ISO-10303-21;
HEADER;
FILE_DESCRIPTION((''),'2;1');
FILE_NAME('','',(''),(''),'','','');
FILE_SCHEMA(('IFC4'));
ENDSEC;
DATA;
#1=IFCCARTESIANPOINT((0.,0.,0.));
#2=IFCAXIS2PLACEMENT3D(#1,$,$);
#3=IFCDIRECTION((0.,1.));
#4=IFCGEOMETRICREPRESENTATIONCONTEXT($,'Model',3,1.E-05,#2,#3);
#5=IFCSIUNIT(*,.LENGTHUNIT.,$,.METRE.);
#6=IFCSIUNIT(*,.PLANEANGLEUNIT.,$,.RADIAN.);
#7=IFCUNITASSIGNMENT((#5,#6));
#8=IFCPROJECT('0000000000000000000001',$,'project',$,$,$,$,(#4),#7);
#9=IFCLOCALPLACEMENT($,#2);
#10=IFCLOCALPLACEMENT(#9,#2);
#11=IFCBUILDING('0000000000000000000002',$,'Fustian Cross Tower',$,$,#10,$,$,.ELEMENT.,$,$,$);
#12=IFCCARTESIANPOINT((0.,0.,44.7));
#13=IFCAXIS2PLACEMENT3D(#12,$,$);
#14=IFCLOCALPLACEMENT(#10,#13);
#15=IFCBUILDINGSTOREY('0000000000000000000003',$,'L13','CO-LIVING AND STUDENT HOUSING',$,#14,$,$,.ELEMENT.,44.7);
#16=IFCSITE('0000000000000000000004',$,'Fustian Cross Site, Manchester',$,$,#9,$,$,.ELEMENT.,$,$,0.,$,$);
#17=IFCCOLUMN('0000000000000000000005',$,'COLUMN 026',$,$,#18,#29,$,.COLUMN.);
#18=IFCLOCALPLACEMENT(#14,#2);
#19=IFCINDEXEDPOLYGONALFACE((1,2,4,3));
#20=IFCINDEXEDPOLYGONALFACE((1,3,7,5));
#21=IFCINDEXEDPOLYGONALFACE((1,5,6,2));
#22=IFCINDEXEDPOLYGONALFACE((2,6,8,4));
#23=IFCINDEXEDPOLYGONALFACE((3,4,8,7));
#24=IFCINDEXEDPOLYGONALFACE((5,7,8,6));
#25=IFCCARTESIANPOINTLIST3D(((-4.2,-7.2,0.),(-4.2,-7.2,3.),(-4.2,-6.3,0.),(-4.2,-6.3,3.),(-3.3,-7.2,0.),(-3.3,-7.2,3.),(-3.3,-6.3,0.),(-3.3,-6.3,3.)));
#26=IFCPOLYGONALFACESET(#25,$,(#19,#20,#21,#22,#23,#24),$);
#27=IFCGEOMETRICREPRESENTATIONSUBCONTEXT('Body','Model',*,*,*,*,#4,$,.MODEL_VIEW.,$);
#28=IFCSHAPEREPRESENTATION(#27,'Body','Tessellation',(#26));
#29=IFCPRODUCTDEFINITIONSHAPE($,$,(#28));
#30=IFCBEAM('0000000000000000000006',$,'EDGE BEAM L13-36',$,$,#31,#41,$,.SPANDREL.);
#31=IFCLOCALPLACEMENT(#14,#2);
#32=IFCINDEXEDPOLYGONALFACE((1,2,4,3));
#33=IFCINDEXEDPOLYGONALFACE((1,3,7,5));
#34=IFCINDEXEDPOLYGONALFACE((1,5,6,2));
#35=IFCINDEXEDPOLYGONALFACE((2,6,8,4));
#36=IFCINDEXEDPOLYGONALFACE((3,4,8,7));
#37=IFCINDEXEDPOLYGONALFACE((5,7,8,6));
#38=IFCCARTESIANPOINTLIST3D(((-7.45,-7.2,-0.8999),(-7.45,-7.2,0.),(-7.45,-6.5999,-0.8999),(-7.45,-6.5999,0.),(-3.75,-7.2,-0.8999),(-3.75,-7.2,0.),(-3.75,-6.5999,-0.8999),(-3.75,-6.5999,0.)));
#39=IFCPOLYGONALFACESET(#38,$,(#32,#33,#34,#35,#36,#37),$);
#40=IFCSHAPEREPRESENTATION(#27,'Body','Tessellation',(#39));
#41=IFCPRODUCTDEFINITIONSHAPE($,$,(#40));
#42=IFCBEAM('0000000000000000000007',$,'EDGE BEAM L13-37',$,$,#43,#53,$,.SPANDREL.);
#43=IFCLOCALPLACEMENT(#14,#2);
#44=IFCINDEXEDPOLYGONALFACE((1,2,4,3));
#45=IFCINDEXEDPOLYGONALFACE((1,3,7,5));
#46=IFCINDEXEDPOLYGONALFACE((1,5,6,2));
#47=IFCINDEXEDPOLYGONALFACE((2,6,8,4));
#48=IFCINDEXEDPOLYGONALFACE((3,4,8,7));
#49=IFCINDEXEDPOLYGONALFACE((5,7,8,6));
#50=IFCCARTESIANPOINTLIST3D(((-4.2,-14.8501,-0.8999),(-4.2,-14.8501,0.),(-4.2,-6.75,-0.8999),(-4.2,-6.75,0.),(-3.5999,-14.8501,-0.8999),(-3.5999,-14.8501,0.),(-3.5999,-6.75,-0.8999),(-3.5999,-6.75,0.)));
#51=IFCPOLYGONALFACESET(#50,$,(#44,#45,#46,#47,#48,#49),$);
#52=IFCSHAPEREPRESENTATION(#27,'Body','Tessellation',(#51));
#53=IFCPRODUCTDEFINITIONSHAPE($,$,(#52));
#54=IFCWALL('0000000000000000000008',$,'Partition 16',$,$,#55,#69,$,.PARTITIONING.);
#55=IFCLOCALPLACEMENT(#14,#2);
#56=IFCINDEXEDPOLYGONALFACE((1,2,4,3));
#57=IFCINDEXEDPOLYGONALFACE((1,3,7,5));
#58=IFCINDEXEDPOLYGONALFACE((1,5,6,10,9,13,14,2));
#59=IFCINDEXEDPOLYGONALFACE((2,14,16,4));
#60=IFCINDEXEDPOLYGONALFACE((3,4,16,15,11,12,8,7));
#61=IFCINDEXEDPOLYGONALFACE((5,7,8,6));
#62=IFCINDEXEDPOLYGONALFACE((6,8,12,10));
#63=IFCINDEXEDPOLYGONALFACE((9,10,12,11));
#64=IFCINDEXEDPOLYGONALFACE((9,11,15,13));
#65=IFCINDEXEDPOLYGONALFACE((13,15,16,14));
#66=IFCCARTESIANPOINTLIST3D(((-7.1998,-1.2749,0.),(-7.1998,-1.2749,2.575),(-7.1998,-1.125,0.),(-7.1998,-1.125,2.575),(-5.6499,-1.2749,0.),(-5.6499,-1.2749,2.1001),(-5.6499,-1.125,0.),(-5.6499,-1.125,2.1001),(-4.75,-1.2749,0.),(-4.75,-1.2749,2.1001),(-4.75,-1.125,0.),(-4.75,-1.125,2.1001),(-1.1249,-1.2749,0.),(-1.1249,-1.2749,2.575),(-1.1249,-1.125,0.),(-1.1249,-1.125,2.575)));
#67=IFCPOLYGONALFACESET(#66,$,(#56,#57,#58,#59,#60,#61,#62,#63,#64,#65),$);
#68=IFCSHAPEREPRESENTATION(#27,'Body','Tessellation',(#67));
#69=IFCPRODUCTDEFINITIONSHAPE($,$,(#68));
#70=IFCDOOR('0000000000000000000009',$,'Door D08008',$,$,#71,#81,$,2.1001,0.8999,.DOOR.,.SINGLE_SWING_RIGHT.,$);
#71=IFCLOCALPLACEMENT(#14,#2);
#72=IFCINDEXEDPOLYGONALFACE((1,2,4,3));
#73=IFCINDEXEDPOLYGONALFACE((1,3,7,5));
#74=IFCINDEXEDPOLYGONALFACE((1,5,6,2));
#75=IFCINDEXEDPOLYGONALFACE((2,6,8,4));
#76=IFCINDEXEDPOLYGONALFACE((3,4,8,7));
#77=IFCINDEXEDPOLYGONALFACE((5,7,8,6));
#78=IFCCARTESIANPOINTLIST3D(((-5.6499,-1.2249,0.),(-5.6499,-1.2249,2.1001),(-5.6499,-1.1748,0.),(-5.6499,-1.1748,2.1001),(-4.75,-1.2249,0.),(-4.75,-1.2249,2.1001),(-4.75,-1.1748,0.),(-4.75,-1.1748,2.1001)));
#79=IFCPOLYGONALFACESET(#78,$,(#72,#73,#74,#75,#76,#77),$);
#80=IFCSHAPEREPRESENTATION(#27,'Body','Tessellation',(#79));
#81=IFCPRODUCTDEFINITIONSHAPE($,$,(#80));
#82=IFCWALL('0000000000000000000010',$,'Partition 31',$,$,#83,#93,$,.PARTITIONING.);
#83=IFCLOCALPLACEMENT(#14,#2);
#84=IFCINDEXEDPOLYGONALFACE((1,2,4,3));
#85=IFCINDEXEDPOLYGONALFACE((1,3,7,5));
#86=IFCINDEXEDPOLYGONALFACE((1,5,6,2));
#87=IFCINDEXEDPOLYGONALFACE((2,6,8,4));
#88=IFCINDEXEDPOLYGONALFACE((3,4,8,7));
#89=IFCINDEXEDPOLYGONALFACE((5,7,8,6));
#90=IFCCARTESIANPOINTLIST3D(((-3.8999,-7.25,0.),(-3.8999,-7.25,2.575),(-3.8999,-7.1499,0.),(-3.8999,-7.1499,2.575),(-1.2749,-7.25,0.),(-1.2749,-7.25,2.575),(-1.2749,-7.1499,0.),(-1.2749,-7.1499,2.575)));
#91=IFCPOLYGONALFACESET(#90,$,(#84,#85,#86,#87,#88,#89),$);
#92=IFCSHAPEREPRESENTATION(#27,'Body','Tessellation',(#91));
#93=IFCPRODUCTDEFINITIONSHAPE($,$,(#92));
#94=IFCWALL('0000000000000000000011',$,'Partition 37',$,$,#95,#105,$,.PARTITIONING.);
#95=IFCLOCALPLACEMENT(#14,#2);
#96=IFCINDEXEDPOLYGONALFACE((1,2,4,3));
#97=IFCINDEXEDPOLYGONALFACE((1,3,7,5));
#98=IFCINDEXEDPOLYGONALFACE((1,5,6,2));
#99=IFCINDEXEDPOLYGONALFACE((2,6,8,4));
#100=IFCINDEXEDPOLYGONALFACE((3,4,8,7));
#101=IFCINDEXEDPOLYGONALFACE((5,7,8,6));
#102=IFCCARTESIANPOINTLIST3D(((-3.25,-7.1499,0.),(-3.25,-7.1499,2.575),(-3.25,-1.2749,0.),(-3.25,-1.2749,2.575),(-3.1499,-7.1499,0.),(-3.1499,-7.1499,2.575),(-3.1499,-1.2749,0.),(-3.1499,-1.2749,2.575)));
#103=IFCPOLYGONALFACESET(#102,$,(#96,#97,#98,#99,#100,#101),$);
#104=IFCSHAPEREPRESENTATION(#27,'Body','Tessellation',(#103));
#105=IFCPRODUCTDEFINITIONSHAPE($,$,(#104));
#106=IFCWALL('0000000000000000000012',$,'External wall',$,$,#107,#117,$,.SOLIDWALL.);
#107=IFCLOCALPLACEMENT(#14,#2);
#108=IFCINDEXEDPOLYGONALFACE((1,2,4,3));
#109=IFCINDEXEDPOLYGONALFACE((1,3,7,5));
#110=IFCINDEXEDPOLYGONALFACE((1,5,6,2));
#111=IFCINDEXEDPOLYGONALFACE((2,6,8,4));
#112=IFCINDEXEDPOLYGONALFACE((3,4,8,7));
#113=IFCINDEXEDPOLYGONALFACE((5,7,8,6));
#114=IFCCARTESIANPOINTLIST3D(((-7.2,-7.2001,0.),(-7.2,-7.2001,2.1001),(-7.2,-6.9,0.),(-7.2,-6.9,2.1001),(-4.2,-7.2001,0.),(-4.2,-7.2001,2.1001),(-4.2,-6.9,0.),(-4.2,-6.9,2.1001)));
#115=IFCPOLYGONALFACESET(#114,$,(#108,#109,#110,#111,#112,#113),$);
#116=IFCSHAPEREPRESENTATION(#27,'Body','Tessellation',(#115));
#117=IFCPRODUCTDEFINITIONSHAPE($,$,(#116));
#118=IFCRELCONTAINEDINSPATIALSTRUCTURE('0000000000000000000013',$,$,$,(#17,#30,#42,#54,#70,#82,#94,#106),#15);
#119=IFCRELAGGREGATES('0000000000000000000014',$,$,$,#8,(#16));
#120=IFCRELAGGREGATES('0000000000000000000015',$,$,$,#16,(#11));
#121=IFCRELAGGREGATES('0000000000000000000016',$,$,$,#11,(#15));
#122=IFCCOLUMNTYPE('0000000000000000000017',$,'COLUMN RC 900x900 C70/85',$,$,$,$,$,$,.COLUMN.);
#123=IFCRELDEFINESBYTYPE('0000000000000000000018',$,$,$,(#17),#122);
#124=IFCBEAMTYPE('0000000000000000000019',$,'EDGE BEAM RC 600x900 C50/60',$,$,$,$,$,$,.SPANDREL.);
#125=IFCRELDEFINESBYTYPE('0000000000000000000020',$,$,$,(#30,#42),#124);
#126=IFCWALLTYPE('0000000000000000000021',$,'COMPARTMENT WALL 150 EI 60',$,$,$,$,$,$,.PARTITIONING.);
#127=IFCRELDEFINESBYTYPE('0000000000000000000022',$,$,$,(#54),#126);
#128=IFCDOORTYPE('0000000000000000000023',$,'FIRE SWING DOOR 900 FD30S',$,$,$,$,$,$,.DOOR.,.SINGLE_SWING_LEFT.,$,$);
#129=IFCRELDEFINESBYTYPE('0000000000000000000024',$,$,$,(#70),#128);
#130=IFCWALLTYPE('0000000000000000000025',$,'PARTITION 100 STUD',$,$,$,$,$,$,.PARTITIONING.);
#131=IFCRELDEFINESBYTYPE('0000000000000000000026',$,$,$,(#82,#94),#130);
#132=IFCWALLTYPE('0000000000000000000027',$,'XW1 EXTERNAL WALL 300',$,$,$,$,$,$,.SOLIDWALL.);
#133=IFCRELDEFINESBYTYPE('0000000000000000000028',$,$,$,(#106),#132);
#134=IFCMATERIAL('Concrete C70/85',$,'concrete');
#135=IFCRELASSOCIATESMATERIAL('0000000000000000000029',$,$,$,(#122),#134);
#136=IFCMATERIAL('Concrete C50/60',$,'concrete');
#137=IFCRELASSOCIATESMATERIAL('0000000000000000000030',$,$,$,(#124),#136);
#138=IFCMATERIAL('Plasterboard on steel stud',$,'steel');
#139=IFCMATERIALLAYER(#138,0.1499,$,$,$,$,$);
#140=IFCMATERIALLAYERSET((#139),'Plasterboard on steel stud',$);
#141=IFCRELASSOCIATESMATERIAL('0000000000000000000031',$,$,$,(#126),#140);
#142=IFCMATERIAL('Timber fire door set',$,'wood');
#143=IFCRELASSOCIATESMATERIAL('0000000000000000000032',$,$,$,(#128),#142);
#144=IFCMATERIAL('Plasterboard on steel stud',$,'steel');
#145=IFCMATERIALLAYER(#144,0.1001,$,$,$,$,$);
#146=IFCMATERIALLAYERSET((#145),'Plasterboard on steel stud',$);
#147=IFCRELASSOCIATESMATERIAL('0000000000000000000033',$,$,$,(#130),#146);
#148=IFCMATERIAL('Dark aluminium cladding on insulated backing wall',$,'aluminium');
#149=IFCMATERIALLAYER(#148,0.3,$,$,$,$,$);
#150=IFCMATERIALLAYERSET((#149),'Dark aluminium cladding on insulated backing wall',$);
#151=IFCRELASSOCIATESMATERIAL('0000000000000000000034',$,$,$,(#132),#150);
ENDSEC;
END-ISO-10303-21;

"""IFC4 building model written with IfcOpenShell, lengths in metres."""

from ifc_helpers import new_model, si_unit, direction, frame, frame_2d, origin, origin_2d, place, context, subcontext, project, spatial, rectangle, extrude, material, layer, layer_set, material_profile, profile_set, type_object, element, fill, save


model = new_model("IFC4")

# Units and contexts
model_context = context("Model", 3, precision=1e-05, world=origin(), true_north=direction((0.0, 1.0)))
body_context = subcontext(model_context, "Body", "Model", "MODEL_VIEW")
ifc_project = project(units=[si_unit("LENGTHUNIT", "METRE"), si_unit("PLANEANGLEUNIT", "RADIAN")], contexts=[model_context])

# Site, building, storey
site_placement = place(None, origin())
site = spatial("IfcSite", under=ifc_project, at=site_placement, Name="Fustian Cross Site, Manchester", CompositionType="ELEMENT", RefElevation=0.0)
building_placement = place(site_placement, origin())
building = spatial("IfcBuilding", under=site, at=building_placement, Name="Fustian Cross Tower", CompositionType="ELEMENT")
storey_placement = place(building_placement, frame((0.0, 0.0, 44.7)))
storey = spatial("IfcBuildingStorey", under=building, at=storey_placement, Name="L13", Description="CO-LIVING AND STUDENT HOUSING", CompositionType="ELEMENT", Elevation=44.7)

# Column
ifc_material_1 = material(Name="Concrete C70/85", Category="concrete")
ifc_material_profile_1 = material_profile(ifc_material_1, rectangle(XDim=0.8999, YDim=0.8999, at=origin_2d()), Name="RC 900x900")
ifc_profile_set_1 = profile_set([ifc_material_profile_1], Name="Concrete C70/85")
column_type = type_object("IfcColumnType", Name="COLUMN RC 900x900 C70/85", PredefinedType="COLUMN", material=ifc_profile_set_1)
column_placement = place(storey_placement, frame((-3.75, -6.75, 0.0), z_axis=(0.0, 0.0, 1.0), x_axis=(1.0, 0.0, 0.0)))
element("IfcColumn", 1, at=column_placement, inside=storey, type_object=column_type, Name="COLUMN 026", PredefinedType="COLUMN", context=body_context, shape_type="SweptSolid", body=[
    extrude(rectangle(XDim=0.8999, YDim=0.8999, at=origin_2d()), origin(), (0.0, 0.0, 1.0), 3.0),
])

# Beams
ifc_material_2 = material(Name="Concrete C50/60", Category="concrete")
ifc_material_profile_2 = material_profile(ifc_material_2, rectangle(XDim=0.6001, YDim=0.8999, at=origin_2d()), Name="RC 600x900")
ifc_profile_set_2 = profile_set([ifc_material_profile_2], Name="Concrete C50/60")
beam_type = type_object("IfcBeamType", Name="EDGE BEAM RC 600x900 C50/60", PredefinedType="SPANDREL", material=ifc_profile_set_2)
beam_1_placement = place(storey_placement, frame((-7.45, -6.8999, -0.45), z_axis=(1.0, 0.0, 0.0), x_axis=(0.0, 1.0, 0.0)))
element("IfcBeam", 2, at=beam_1_placement, inside=storey, type_object=beam_type, Name="EDGE BEAM L13-36", PredefinedType="SPANDREL", context=body_context, shape_type="SweptSolid", body=[
    extrude(rectangle(XDim=0.6001, YDim=0.8999, at=origin_2d()), origin(), (0.0, 0.0, 1.0), 3.7),
])
beam_2_placement = place(storey_placement, frame((-3.8999, -6.75, -0.45), z_axis=(0.0, -1.0, 0.0), x_axis=(1.0, 0.0, 0.0)))
element("IfcBeam", 3, at=beam_2_placement, inside=storey, type_object=beam_type, Name="EDGE BEAM L13-37", PredefinedType="SPANDREL", context=body_context, shape_type="SweptSolid", body=[
    extrude(rectangle(XDim=0.6001, YDim=0.8999, at=origin_2d()), origin(), (0.0, 0.0, 1.0), 8.1001),
])

# Wall, opening, door
ifc_material_3 = material(Name="Plasterboard on steel stud", Category="steel")
ifc_layer_1 = layer(ifc_material_3, 0.1499)
ifc_layer_set_1 = layer_set([ifc_layer_1], Name="Plasterboard on steel stud")
wall_type_1 = type_object("IfcWallType", Name="COMPARTMENT WALL 150 EI 60", PredefinedType="PARTITIONING", material=ifc_layer_set_1)
wall_1_placement = place(storey_placement, frame((-7.2, -1.2, 0.0), z_axis=(0.0, 0.0, 1.0), x_axis=(1.0, 0.0, 0.0)))
wall_1 = element("IfcWall", 4, at=wall_1_placement, inside=storey, type_object=wall_type_1, Name="Partition 16", PredefinedType="PARTITIONING", context=body_context, shape_type="SweptSolid", body=[
    extrude(rectangle(XDim=6.075, YDim=0.1499, at=frame_2d((3.0376, 0.0))), origin(), (0.0, 0.0, 1.0), 2.575),
])
opening_1_placement = place(wall_1_placement, frame((1.55, 0.0, 0.0)))
opening_1 = element("IfcOpeningElement", 5, at=opening_1_placement, cuts=wall_1, PredefinedType="OPENING", context=body_context, shape_type="SweptSolid", body=[
    extrude(rectangle(XDim=0.8999, YDim=2.1001, at=frame_2d((0.45, 1.05))), frame((0.0, 0.085, 0.0), z_axis=(0.0, -1.0, 0.0), x_axis=(1.0, 0.0, 0.0)), (0.0, 0.0, 1.0), 0.1699),
])
ifc_material_4 = material(Name="Timber fire door set", Category="wood")
door_type_1 = type_object("IfcDoorType", Name="FIRE SWING DOOR 900 FD30S", OperationType="SINGLE_SWING_LEFT", PredefinedType="DOOR", material=ifc_material_4)
door_1_placement = place(opening_1_placement, frame((0.8999, 0.0, 0.0), z_axis=(0.0, 0.0, 1.0), x_axis=(-1.0, 0.0, 0.0)))
door_1 = element("IfcDoor", 6, at=door_1_placement, inside=storey, type_object=door_type_1, Name="Door D08008", OperationType="SINGLE_SWING_RIGHT", OverallHeight=2.1001, OverallWidth=0.8999, PredefinedType="DOOR", context=body_context, shape_type="SweptSolid", body=[
    extrude(rectangle(XDim=0.8999, YDim=2.1001, at=frame_2d((0.45, 1.05))), frame((0.0, 0.0249, 0.0), z_axis=(0.0, -1.0, 0.0), x_axis=(1.0, 0.0, 0.0)), (0.0, 0.0, 1.0), 0.05),
])
fill(opening_1, door_1)

# Walls
ifc_material_5 = material(Name="Plasterboard on steel stud", Category="steel")
ifc_layer_2 = layer(ifc_material_5, 0.1001)
ifc_layer_set_2 = layer_set([ifc_layer_2], Name="Plasterboard on steel stud")
wall_type_2 = type_object("IfcWallType", Name="PARTITION 100 STUD", PredefinedType="PARTITIONING", material=ifc_layer_set_2)
wall_2_placement = place(storey_placement, frame((-3.8999, -7.2, 0.0), z_axis=(0.0, 0.0, 1.0), x_axis=(1.0, 0.0, 0.0)))
element("IfcWall", 7, at=wall_2_placement, inside=storey, type_object=wall_type_2, Name="Partition 31", PredefinedType="PARTITIONING", context=body_context, shape_type="SweptSolid", body=[
    extrude(rectangle(XDim=2.625, YDim=0.1001, at=frame_2d((1.3125, 0.0))), origin(), (0.0, 0.0, 1.0), 2.575),
])
wall_3_placement = place(storey_placement, frame((-3.2, -7.1499, 0.0), z_axis=(0.0, 0.0, 1.0), x_axis=(0.0, 1.0, 0.0)))
element("IfcWall", 8, at=wall_3_placement, inside=storey, type_object=wall_type_2, Name="Partition 37", PredefinedType="PARTITIONING", context=body_context, shape_type="SweptSolid", body=[
    extrude(rectangle(XDim=5.875, YDim=0.1001, at=frame_2d((2.9375, 0.0))), origin(), (0.0, 0.0, 1.0), 2.575),
])
ifc_material_6 = material(Name="Dark aluminium cladding on insulated backing wall", Category="aluminium")
ifc_layer_3 = layer(ifc_material_6, 0.3)
ifc_layer_set_3 = layer_set([ifc_layer_3], Name="Dark aluminium cladding on insulated backing wall")
wall_type_3 = type_object("IfcWallType", Name="XW1 EXTERNAL WALL 300", PredefinedType="SOLIDWALL", material=ifc_layer_set_3)
wall_4_placement = place(storey_placement, frame((-7.2, -7.05, 0.0), z_axis=(0.0, 0.0, 1.0), x_axis=(1.0, 0.0, 0.0)))
element("IfcWall", 9, at=wall_4_placement, inside=storey, type_object=wall_type_3, Name="External wall", PredefinedType="SOLIDWALL", context=body_context, shape_type="SweptSolid", body=[
    extrude(rectangle(XDim=3.0, YDim=0.3, at=frame_2d((1.5, 0.0))), origin(), (0.0, 0.0, 1.0), 2.1001),
])

save(model, "model.ifc")
